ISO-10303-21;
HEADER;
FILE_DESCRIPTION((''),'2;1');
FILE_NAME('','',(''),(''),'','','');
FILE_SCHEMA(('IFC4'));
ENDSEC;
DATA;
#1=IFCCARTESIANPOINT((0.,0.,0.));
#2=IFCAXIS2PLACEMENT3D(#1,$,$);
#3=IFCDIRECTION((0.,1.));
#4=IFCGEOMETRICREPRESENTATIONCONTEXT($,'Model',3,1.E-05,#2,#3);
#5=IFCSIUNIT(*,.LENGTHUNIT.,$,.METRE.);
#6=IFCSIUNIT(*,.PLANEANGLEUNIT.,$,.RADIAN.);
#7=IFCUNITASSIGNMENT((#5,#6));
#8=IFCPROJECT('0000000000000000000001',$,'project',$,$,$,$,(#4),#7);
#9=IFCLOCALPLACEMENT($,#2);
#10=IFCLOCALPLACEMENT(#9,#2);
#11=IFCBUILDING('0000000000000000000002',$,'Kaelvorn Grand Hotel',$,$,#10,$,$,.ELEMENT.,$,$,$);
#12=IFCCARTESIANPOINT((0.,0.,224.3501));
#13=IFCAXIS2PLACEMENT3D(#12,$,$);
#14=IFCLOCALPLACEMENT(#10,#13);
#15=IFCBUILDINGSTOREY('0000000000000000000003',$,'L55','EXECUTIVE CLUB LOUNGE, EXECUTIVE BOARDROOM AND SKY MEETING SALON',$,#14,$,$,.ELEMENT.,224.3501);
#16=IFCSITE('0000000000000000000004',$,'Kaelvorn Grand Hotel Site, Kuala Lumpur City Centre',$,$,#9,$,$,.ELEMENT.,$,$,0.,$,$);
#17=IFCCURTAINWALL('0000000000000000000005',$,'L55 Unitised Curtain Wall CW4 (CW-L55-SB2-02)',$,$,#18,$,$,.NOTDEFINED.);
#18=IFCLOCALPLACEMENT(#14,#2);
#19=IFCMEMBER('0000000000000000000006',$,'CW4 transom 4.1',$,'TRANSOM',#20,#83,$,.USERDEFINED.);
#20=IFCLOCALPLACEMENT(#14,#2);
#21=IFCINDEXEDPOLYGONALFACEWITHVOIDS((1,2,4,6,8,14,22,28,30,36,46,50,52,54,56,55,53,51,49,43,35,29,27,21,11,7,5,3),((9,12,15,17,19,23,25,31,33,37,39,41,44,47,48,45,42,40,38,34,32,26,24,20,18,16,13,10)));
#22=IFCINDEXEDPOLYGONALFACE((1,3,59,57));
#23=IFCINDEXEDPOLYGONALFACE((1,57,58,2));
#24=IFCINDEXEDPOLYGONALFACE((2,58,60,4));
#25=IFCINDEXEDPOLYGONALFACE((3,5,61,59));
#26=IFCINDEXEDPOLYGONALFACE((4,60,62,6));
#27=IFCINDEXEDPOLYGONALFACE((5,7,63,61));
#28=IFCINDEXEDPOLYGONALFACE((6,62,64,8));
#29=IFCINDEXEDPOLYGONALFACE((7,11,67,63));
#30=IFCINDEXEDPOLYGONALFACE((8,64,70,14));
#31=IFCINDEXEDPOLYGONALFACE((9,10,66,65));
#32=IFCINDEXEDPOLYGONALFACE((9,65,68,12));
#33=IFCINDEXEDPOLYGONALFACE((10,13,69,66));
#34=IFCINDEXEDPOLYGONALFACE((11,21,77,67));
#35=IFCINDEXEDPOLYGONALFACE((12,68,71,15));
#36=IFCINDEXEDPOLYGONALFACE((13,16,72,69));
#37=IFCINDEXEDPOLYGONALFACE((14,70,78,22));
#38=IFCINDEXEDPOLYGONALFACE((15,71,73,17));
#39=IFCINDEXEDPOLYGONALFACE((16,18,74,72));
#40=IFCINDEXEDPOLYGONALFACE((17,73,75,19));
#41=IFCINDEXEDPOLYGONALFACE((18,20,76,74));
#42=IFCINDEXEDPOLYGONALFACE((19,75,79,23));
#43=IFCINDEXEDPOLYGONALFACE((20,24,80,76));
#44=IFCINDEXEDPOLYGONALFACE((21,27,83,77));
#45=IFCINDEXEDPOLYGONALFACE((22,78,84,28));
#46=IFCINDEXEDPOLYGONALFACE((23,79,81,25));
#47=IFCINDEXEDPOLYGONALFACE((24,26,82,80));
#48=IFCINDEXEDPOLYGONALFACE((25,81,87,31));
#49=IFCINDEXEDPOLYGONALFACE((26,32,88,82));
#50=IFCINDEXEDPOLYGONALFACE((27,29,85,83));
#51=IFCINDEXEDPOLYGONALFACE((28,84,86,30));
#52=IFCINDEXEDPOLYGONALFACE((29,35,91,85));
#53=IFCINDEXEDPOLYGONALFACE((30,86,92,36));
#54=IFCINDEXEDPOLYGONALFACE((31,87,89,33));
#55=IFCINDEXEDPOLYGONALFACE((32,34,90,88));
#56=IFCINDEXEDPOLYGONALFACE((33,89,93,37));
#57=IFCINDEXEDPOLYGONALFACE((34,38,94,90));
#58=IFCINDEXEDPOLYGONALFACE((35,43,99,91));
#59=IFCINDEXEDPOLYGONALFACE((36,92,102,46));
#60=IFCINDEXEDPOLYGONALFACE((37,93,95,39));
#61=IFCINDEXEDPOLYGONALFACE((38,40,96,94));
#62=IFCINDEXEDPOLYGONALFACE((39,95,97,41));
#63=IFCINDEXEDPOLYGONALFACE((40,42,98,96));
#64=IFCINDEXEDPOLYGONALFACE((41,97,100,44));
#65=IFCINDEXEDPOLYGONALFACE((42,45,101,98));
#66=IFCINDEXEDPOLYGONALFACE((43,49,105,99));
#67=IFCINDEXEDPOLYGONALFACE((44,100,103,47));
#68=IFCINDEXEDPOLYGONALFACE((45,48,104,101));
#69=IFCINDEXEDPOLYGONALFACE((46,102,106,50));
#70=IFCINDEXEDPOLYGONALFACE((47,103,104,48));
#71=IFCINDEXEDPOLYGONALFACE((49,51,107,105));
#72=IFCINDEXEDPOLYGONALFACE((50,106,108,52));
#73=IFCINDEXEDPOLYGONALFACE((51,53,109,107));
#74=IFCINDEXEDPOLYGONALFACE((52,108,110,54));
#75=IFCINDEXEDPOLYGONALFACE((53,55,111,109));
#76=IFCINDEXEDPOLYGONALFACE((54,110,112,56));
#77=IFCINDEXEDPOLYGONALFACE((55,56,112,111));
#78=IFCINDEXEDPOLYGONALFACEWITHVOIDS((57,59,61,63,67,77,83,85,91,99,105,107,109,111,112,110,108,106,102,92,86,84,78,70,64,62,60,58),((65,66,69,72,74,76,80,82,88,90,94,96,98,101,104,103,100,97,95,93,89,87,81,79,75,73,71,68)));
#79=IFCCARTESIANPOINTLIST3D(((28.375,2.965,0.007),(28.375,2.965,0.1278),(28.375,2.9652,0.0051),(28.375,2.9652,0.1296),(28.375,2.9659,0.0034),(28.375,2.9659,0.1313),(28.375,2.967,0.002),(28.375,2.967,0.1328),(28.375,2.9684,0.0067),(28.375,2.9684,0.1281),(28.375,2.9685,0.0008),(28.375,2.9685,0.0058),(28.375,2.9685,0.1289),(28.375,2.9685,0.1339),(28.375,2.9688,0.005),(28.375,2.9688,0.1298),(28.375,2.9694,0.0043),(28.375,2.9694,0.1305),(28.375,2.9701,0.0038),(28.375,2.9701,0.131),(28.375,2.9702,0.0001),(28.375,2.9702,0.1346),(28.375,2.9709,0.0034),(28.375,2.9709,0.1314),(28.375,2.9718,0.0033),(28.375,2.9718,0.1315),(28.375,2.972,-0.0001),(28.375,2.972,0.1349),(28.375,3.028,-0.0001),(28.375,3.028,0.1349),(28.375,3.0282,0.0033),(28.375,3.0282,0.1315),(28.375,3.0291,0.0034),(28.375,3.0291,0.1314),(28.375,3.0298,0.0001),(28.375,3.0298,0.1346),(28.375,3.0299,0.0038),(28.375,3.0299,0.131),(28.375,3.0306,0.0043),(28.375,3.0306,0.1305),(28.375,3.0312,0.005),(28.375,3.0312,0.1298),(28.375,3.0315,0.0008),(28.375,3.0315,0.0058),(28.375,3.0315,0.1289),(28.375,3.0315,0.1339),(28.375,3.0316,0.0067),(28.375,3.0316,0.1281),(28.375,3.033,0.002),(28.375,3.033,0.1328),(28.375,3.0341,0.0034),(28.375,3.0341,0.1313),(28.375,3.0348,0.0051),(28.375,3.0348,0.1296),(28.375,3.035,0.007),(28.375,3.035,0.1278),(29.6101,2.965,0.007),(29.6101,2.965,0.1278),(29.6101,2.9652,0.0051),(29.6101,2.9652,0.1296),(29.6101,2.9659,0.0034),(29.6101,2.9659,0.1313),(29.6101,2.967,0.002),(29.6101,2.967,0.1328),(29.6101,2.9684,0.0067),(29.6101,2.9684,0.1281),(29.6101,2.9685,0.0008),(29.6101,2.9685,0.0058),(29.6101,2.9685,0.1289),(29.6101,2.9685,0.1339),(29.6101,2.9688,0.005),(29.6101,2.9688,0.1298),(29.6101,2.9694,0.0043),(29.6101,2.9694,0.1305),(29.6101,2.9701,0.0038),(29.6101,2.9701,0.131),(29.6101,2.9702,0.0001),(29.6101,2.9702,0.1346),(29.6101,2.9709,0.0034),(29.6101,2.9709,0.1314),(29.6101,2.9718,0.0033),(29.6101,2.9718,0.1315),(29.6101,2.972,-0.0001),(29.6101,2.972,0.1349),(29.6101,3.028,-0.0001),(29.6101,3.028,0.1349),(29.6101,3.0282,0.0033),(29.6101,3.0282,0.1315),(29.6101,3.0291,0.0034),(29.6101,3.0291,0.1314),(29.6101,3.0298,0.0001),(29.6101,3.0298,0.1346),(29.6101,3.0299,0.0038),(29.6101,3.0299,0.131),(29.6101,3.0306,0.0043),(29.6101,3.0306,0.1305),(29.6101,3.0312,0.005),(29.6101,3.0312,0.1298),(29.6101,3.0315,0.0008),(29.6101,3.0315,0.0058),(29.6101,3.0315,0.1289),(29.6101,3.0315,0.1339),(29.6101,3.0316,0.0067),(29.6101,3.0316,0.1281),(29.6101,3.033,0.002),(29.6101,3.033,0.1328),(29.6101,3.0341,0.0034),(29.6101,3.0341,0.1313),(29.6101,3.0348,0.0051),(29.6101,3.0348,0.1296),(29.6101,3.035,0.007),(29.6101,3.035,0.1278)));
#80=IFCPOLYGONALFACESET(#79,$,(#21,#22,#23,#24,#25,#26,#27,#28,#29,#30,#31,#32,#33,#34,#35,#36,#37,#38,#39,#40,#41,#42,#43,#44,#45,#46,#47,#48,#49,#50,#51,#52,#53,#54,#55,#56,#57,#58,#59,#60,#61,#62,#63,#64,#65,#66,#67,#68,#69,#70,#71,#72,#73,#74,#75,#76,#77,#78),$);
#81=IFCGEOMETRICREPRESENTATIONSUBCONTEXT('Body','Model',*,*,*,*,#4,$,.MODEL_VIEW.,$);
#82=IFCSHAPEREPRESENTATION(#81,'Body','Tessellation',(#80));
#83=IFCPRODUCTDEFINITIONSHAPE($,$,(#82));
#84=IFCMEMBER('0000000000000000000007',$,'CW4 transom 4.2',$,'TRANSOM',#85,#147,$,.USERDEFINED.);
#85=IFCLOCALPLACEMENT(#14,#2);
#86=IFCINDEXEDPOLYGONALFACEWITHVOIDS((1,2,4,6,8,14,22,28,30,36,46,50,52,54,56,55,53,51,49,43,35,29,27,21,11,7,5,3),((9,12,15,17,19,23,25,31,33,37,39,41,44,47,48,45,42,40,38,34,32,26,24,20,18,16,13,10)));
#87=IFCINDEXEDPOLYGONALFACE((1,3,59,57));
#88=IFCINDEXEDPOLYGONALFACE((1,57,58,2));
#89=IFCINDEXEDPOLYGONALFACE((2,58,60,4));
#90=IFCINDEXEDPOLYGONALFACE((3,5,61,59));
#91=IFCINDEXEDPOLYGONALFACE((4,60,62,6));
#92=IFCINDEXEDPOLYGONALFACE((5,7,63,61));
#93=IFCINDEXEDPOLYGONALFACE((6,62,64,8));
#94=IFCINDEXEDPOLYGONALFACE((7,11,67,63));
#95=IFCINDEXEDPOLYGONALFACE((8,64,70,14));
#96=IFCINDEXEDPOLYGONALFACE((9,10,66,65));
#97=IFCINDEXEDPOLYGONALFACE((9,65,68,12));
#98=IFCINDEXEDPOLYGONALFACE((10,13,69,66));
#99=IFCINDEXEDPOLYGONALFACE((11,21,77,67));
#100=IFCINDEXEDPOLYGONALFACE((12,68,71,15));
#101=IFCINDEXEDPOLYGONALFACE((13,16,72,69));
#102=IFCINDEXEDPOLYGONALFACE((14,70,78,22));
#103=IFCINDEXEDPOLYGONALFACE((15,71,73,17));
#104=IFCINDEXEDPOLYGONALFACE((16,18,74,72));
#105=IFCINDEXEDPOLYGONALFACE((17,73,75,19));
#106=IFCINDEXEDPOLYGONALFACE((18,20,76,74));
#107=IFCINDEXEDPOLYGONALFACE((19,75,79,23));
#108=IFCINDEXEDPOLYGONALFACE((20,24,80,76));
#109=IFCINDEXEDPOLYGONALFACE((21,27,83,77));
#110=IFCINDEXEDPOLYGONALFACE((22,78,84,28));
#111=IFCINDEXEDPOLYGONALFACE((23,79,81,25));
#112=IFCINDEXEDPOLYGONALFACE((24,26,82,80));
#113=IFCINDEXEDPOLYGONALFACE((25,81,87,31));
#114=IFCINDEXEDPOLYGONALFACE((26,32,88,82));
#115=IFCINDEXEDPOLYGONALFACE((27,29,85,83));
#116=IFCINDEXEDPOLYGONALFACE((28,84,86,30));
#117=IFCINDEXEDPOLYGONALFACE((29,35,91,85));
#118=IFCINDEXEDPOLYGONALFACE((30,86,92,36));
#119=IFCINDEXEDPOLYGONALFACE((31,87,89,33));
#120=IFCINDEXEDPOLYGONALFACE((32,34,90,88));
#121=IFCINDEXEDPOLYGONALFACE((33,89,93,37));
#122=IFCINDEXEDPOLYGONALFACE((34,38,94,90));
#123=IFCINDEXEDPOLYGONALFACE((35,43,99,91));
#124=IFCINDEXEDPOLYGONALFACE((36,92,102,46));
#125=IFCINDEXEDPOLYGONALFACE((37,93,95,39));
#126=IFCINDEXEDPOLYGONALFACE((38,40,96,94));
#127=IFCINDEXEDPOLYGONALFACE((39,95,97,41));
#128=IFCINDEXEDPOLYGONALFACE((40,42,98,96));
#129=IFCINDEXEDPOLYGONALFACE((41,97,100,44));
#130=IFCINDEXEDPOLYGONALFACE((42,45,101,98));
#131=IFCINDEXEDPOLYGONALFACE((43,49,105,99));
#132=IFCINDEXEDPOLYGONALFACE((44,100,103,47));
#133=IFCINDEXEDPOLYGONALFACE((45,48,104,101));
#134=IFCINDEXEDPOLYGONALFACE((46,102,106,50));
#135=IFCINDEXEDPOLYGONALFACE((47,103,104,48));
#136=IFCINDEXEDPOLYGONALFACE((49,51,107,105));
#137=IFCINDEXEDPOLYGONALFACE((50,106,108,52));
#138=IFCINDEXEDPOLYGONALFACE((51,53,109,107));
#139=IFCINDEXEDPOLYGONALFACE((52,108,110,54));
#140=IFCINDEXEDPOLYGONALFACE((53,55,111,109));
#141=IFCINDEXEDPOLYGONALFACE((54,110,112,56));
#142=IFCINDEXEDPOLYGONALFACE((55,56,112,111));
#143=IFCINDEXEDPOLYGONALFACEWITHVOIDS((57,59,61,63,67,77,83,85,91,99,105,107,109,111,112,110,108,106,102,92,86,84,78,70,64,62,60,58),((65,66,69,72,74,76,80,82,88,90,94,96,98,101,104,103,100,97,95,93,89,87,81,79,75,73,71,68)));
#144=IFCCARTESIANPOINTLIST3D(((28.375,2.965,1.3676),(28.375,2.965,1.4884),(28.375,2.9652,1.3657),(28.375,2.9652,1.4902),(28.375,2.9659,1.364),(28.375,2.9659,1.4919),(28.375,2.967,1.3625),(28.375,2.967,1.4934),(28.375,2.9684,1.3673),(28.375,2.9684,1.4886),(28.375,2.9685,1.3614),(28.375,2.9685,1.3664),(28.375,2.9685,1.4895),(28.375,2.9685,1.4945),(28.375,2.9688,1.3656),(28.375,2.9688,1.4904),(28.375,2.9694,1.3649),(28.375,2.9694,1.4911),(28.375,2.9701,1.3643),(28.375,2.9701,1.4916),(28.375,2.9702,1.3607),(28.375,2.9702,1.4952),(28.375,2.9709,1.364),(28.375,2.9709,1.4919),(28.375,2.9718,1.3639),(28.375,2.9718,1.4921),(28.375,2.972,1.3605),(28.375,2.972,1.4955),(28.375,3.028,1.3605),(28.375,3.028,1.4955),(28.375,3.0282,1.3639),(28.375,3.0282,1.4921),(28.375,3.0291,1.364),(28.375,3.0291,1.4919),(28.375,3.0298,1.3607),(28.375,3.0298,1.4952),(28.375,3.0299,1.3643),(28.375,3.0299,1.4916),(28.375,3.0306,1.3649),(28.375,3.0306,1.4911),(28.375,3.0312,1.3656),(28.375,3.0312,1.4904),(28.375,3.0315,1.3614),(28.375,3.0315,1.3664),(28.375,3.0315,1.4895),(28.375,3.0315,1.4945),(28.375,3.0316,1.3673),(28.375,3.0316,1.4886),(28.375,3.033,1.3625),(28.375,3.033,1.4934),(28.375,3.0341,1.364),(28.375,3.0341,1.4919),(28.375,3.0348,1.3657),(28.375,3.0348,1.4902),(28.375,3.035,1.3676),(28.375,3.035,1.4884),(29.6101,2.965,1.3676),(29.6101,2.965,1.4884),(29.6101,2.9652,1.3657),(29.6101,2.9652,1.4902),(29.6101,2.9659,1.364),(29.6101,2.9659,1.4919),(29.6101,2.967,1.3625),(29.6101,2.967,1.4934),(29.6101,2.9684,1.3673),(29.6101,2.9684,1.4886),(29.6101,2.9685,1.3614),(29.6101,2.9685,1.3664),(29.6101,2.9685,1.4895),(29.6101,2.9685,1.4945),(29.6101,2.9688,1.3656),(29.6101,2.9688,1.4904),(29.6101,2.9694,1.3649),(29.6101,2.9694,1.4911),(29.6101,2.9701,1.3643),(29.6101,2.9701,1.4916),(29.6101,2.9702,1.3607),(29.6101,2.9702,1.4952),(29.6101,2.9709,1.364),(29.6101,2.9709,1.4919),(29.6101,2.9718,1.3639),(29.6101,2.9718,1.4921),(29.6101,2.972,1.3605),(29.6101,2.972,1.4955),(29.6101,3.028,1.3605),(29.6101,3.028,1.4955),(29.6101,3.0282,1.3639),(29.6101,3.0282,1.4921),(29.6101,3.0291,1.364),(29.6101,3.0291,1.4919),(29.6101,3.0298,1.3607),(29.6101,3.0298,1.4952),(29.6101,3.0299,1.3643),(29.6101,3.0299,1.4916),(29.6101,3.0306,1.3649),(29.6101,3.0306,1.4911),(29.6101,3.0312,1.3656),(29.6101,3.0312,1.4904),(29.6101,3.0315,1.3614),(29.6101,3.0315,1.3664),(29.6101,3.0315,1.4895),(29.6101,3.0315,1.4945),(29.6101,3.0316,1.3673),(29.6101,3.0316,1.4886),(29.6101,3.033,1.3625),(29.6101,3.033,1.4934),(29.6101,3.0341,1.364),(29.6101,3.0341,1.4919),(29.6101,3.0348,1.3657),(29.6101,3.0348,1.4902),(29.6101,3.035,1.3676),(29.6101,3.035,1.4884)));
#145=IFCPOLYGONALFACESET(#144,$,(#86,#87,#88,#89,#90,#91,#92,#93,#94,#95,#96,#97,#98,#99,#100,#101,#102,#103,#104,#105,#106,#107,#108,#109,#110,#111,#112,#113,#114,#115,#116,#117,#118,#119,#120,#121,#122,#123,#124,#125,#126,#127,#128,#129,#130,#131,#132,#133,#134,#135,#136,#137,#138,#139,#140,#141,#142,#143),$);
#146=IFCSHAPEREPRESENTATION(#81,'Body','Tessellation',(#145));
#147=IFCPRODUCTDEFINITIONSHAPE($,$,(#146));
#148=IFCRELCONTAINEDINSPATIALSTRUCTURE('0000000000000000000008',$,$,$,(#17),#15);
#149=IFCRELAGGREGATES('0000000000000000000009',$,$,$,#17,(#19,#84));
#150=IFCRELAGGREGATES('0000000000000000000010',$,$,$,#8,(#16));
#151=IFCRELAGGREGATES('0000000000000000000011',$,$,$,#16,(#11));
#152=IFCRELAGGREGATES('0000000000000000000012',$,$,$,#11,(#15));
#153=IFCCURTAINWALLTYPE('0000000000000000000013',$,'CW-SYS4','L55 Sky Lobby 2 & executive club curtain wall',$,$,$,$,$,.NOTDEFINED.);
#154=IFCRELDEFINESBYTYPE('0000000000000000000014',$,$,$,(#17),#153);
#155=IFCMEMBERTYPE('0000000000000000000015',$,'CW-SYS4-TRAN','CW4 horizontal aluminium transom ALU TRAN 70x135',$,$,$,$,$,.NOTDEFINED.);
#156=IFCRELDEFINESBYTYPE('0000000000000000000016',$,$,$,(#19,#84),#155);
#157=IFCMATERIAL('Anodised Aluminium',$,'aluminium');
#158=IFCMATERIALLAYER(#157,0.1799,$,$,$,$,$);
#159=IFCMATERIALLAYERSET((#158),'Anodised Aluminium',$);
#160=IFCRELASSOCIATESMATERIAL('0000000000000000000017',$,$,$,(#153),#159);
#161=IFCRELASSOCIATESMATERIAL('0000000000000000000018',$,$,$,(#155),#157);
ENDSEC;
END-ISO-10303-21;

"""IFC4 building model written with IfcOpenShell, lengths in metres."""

from ifc_helpers import new_model, si_unit, direction, frame, origin, origin_2d, place, context, subcontext, project, spatial, hollow_rectangle, extrude, material, layer, layer_set, material_profile, profile_set, type_object, element, aggregate, save


model = new_model("IFC4")

# Units and contexts
model_context = context("Model", 3, precision=1e-05, world=origin(), true_north=direction((0.0, 1.0)))
body_context = subcontext(model_context, "Body", "Model", "MODEL_VIEW")
ifc_project = project(units=[si_unit("LENGTHUNIT", "METRE"), si_unit("PLANEANGLEUNIT", "RADIAN")], contexts=[model_context])

# Site, building, storey
site_placement = place(None, origin())
site = spatial("IfcSite", under=ifc_project, at=site_placement, Name="Kaelvorn Grand Hotel Site, Kuala Lumpur City Centre", CompositionType="ELEMENT", RefElevation=0.0)
building_placement = place(site_placement, origin())
building = spatial("IfcBuilding", under=site, at=building_placement, Name="Kaelvorn Grand Hotel", CompositionType="ELEMENT")
storey_placement = place(building_placement, frame((0.0, 0.0, 224.3501)))
storey = spatial("IfcBuildingStorey", under=building, at=storey_placement, Name="L55", Description="EXECUTIVE CLUB LOUNGE, EXECUTIVE BOARDROOM AND SKY MEETING SALON", CompositionType="ELEMENT", Elevation=224.3501)

# Curtain wall
ifc_material_1 = material(Name="Anodised Aluminium", Category="aluminium")
ifc_layer_1 = layer(ifc_material_1, 0.1799)
ifc_layer_set_1 = layer_set([ifc_layer_1], Name="Anodised Aluminium")
curtain_wall_type = type_object("IfcCurtainWallType", Name="CW-SYS4", Description="L55 Sky Lobby 2 & executive club curtain wall", PredefinedType="NOTDEFINED", material=ifc_layer_set_1)
curtain_wall_1_placement = place(storey_placement, origin())
curtain_wall_1 = element("IfcCurtainWall", 1, at=curtain_wall_1_placement, inside=storey, type_object=curtain_wall_type, Name="L55 Unitised Curtain Wall CW4 (CW-L55-SB2-02)", PredefinedType="NOTDEFINED")

# Members
ifc_material_profile_1 = material_profile(ifc_material_1, hollow_rectangle(XDim=0.0701, YDim=0.135, WallThickness=0.0034, InnerFilletRadius=0.0034, OuterFilletRadius=0.0071, at=origin_2d()), Name="ALU TRAN 70x135")
ifc_profile_set_1 = profile_set([ifc_material_profile_1], Name="Anodised Aluminium")
member_type_1 = type_object("IfcMemberType", Name="CW-SYS4-TRAN", Description="CW4 horizontal aluminium transom ALU TRAN 70x135", PredefinedType="NOTDEFINED", material=ifc_profile_set_1)
member_1_placement = place(storey_placement, frame((28.375, 3.0, 0.0674), z_axis=(1.0, 0.0, 0.0), x_axis=(0.0, 1.0, 0.0)))
member_1 = element("IfcMember", 2, at=member_1_placement, type_object=member_type_1, Name="CW4 transom 4.1", ObjectType="TRANSOM", PredefinedType="USERDEFINED", context=body_context, shape_type="SweptSolid", body=[
    extrude(hollow_rectangle(XDim=0.0701, YDim=0.135, WallThickness=0.0034, InnerFilletRadius=0.0034, OuterFilletRadius=0.0071, at=origin_2d()), origin(), (0.0, 0.0, 1.0), 1.2351),
])
member_2_placement = place(storey_placement, frame((28.375, 3.0, 1.428), z_axis=(1.0, 0.0, 0.0), x_axis=(0.0, 1.0, 0.0)))
member_2 = element("IfcMember", 3, at=member_2_placement, type_object=member_type_1, Name="CW4 transom 4.2", ObjectType="TRANSOM", PredefinedType="USERDEFINED", context=body_context, shape_type="SweptSolid", body=[
    extrude(hollow_rectangle(XDim=0.0701, YDim=0.135, WallThickness=0.0034, InnerFilletRadius=0.0034, OuterFilletRadius=0.0071, at=origin_2d()), origin(), (0.0, 0.0, 1.0), 1.2351),
])

aggregate(curtain_wall_1, [member_1, member_2])

save(model, "model.ifc")
